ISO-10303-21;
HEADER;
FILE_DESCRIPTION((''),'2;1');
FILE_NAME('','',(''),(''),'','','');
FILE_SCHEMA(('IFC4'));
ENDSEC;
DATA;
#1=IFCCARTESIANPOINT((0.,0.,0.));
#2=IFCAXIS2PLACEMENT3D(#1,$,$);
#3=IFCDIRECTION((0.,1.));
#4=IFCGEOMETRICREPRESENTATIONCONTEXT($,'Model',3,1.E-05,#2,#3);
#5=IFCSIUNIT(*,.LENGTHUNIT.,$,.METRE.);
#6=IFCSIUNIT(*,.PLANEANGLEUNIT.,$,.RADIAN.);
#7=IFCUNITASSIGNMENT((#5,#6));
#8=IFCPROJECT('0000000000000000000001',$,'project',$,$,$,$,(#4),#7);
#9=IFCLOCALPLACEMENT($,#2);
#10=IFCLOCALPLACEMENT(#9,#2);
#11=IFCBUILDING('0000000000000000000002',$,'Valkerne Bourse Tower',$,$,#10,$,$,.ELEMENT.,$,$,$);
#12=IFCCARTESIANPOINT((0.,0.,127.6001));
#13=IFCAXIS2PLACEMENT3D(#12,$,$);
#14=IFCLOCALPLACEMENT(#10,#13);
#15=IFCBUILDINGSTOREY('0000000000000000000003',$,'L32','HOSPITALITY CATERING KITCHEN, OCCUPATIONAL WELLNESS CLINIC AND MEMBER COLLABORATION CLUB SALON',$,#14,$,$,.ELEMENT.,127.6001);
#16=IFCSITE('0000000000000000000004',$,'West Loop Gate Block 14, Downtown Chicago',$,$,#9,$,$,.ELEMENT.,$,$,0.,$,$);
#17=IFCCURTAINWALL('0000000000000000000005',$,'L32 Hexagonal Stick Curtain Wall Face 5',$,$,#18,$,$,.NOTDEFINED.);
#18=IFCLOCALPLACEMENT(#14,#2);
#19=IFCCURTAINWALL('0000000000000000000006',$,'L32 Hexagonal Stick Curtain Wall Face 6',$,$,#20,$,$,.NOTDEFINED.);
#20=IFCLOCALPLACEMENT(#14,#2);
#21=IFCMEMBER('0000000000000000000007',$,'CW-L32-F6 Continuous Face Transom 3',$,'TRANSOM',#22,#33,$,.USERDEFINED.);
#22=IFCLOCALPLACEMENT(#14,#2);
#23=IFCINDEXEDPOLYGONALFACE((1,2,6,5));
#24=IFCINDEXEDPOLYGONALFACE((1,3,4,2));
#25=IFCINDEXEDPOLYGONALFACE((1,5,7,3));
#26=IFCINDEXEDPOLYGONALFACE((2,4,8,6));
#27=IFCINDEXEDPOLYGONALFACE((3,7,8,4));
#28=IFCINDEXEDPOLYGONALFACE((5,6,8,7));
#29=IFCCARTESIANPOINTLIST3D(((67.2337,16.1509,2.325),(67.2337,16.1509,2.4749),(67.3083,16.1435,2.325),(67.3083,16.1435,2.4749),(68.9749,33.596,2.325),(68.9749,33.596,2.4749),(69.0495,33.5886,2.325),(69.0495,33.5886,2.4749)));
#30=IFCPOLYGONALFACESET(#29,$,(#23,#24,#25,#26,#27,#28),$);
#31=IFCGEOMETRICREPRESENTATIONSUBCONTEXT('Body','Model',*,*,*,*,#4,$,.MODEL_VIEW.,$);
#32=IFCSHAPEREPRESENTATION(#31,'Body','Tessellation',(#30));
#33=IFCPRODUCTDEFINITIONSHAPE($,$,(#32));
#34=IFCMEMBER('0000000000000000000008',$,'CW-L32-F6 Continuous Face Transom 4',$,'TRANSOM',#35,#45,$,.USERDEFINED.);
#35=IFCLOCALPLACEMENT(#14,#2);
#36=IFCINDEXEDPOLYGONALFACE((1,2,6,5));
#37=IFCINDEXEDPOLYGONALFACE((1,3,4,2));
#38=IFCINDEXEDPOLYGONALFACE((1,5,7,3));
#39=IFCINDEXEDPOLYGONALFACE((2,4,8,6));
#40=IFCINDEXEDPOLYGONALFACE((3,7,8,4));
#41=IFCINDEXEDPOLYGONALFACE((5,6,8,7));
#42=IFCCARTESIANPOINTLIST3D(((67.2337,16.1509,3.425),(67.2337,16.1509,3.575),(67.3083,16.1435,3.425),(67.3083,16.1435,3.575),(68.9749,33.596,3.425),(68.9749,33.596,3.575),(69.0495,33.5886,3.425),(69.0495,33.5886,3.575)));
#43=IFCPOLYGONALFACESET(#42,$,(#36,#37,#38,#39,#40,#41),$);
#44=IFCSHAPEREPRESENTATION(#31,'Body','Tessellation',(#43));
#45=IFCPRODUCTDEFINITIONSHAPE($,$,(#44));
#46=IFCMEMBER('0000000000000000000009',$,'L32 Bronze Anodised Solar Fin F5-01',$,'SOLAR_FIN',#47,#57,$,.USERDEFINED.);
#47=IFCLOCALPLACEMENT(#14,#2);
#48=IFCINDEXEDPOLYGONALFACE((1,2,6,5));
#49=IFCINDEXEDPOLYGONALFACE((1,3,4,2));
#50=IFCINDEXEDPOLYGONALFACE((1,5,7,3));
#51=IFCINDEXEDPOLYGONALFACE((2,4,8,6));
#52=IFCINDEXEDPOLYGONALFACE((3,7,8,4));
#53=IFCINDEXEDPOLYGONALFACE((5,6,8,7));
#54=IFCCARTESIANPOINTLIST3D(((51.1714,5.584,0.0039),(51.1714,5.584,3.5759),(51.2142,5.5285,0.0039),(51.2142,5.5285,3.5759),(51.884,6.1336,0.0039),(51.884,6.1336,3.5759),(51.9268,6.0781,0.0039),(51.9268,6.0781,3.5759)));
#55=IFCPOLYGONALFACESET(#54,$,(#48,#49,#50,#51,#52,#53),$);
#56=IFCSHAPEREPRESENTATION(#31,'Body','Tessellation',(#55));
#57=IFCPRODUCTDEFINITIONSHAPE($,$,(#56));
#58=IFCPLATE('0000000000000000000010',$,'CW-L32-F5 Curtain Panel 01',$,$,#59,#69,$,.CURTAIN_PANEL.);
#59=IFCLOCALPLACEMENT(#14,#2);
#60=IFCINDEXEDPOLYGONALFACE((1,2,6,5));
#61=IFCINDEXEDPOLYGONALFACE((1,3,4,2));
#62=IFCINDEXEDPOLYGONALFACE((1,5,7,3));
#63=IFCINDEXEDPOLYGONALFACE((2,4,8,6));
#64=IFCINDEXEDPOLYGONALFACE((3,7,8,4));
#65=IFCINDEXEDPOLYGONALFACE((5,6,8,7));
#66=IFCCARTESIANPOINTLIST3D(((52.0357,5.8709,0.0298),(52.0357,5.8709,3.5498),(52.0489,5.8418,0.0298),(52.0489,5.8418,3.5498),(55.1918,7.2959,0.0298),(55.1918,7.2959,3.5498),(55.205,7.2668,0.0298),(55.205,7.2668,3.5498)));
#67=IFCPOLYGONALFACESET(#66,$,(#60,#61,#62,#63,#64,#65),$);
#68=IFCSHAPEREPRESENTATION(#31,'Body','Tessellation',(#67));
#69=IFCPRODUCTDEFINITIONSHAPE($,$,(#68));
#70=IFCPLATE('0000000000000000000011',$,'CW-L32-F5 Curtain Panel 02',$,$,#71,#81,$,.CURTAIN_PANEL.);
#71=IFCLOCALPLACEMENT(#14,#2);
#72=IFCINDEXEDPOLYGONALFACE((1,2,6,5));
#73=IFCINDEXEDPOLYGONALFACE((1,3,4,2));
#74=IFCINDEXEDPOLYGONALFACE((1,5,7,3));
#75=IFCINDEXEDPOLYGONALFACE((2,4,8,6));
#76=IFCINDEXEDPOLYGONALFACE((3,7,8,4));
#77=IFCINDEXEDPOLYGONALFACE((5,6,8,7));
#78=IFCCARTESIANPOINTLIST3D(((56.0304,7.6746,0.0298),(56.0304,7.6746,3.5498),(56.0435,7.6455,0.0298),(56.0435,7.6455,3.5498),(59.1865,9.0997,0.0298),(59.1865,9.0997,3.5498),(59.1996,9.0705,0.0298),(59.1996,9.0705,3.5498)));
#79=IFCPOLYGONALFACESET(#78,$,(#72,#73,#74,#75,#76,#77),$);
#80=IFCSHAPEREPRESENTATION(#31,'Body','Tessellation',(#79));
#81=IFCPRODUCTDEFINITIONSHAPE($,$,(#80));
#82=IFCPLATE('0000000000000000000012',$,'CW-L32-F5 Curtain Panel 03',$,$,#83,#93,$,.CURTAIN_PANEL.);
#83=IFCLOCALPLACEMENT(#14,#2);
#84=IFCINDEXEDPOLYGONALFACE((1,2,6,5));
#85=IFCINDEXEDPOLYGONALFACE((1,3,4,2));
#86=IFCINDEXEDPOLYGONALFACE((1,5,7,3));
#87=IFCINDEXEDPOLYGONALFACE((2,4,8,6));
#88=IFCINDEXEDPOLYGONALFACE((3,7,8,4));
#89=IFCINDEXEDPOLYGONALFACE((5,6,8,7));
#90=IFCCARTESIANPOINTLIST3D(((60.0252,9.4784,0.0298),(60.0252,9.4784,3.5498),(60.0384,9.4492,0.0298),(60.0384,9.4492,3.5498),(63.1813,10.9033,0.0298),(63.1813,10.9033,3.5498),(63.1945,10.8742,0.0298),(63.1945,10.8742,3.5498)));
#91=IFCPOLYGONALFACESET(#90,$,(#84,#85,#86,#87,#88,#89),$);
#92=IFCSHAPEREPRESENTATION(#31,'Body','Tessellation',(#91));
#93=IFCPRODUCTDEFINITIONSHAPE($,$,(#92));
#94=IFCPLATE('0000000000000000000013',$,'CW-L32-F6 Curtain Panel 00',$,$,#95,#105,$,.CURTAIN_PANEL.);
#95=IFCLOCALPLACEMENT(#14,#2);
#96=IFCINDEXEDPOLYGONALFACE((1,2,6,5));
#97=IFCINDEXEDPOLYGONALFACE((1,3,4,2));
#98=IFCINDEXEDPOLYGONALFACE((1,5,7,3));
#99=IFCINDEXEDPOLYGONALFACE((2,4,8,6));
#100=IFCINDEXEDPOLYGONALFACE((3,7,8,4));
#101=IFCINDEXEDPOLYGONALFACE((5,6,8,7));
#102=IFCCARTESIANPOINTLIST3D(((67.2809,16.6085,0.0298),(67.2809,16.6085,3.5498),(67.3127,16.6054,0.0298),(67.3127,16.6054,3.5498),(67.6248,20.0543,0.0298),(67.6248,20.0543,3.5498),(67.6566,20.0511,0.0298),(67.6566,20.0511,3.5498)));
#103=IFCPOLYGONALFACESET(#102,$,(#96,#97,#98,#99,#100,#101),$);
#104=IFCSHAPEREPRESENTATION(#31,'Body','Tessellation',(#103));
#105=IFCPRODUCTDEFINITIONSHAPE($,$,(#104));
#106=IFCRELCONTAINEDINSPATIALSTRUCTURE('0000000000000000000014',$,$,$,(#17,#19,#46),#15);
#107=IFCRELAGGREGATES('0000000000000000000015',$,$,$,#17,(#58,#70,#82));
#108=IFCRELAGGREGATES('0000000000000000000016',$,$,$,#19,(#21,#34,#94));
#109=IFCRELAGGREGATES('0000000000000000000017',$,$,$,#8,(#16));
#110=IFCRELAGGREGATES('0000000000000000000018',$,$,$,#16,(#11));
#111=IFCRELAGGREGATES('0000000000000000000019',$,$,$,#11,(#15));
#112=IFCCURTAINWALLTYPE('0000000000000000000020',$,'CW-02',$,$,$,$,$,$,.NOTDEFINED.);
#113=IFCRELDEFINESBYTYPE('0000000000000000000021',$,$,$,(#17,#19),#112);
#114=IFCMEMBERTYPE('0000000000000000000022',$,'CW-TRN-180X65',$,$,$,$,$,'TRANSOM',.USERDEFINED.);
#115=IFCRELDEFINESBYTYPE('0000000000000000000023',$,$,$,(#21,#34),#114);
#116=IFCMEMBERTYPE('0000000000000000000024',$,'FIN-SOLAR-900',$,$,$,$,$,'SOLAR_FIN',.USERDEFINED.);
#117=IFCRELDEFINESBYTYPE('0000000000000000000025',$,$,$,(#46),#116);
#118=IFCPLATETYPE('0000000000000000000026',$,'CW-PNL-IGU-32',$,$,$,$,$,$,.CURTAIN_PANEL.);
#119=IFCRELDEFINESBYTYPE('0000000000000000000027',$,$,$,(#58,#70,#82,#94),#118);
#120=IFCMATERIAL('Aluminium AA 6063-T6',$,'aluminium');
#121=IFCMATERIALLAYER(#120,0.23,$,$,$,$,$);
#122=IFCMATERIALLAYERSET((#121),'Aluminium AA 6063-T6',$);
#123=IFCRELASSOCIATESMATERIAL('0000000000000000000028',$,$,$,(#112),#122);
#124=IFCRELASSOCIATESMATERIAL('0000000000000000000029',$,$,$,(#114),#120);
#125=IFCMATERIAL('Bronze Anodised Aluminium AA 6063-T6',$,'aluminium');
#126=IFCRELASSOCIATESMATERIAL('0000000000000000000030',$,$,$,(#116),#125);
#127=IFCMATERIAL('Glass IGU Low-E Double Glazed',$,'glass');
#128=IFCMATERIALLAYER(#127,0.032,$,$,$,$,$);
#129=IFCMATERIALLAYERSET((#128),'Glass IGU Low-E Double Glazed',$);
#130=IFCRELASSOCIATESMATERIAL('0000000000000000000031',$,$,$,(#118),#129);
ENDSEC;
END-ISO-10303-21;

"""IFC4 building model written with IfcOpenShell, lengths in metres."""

from ifc_helpers import new_model, si_unit, direction, frame, origin, origin_2d, place, context, subcontext, project, spatial, rectangle, extrude, material, layer, layer_set, material_profile, profile_set, type_object, element, aggregate, save


model = new_model("IFC4")

# Units and contexts
model_context = context("Model", 3, precision=1e-05, world=origin(), true_north=direction((0.0, 1.0)))
body_context = subcontext(model_context, "Body", "Model", "MODEL_VIEW")
ifc_project = project(units=[si_unit("LENGTHUNIT", "METRE"), si_unit("PLANEANGLEUNIT", "RADIAN")], contexts=[model_context])

# Site, building, storey
site_placement = place(None, origin())
site = spatial("IfcSite", under=ifc_project, at=site_placement, Name="West Loop Gate Block 14, Downtown Chicago", CompositionType="ELEMENT", RefElevation=0.0)
building_placement = place(site_placement, origin())
building = spatial("IfcBuilding", under=site, at=building_placement, Name="Valkerne Bourse Tower", CompositionType="ELEMENT")
storey_placement = place(building_placement, frame((0.0, 0.0, 127.6001)))
storey = spatial("IfcBuildingStorey", under=building, at=storey_placement, Name="L32", Description="HOSPITALITY CATERING KITCHEN, OCCUPATIONAL WELLNESS CLINIC AND MEMBER COLLABORATION CLUB SALON", CompositionType="ELEMENT", Elevation=127.6001)

# Curtain walls, members
ifc_material_1 = material(Name="Aluminium AA 6063-T6", Category="aluminium")
ifc_layer_1 = layer(ifc_material_1, 0.23)
ifc_layer_set_1 = layer_set([ifc_layer_1], Name="Aluminium AA 6063-T6")
curtain_wall_type = type_object("IfcCurtainWallType", Name="CW-02", PredefinedType="NOTDEFINED", material=ifc_layer_set_1)
curtain_wall_1_placement = place(storey_placement, origin())
curtain_wall_1 = element("IfcCurtainWall", 1, at=curtain_wall_1_placement, inside=storey, type_object=curtain_wall_type, Name="L32 Hexagonal Stick Curtain Wall Face 5", PredefinedType="NOTDEFINED")
curtain_wall_2_placement = place(storey_placement, origin())
curtain_wall_2 = element("IfcCurtainWall", 2, at=curtain_wall_2_placement, inside=storey, type_object=curtain_wall_type, Name="L32 Hexagonal Stick Curtain Wall Face 6", PredefinedType="NOTDEFINED")
ifc_material_profile_1 = material_profile(ifc_material_1, rectangle(XDim=0.075, YDim=0.1499, at=origin_2d()), Name="CWT-75X150")
ifc_profile_set_1 = profile_set([ifc_material_profile_1], Name="Aluminium AA 6063-T6")
member_type_1 = type_object("IfcMemberType", Name="CW-TRN-180X65", ElementType="TRANSOM", PredefinedType="USERDEFINED", material=ifc_profile_set_1)
member_1_placement = place(storey_placement, frame((67.271, 16.1472, 2.3999), z_axis=(0.099318, 0.995056, 0.0), x_axis=(-0.995056, 0.099318, 0.0)))
member_1 = element("IfcMember", 3, at=member_1_placement, type_object=member_type_1, Name="CW-L32-F6 Continuous Face Transom 3", ObjectType="TRANSOM", PredefinedType="USERDEFINED", context=body_context, shape_type="SweptSolid", body=[
    extrude(rectangle(XDim=0.075, YDim=0.1499, at=origin_2d()), origin(), (0.0, 0.0, 1.0), 17.5317),
])
member_2_placement = place(storey_placement, frame((67.271, 16.1472, 3.5), z_axis=(0.099318, 0.995056, 0.0), x_axis=(-0.995056, 0.099318, 0.0)))
member_2 = element("IfcMember", 4, at=member_2_placement, type_object=member_type_1, Name="CW-L32-F6 Continuous Face Transom 4", ObjectType="TRANSOM", PredefinedType="USERDEFINED", context=body_context, shape_type="SweptSolid", body=[
    extrude(rectangle(XDim=0.075, YDim=0.1499, at=origin_2d()), origin(), (0.0, 0.0, 1.0), 17.5317),
])

# Member
ifc_material_2 = material(Name="Bronze Anodised Aluminium AA 6063-T6", Category="aluminium")
ifc_material_profile_2 = material_profile(ifc_material_2, rectangle(XDim=0.0701, YDim=0.8999, at=origin_2d()), Name="FIN-70X900")
ifc_profile_set_2 = profile_set([ifc_material_profile_2], Name="Bronze Anodised Aluminium AA 6063-T6")
member_type_2 = type_object("IfcMemberType", Name="FIN-SOLAR-900", ElementType="SOLAR_FIN", PredefinedType="USERDEFINED", material=ifc_profile_set_2)
member_3_placement = place(storey_placement, frame((51.5491, 5.8311, 0.0039), z_axis=(0.0, 0.0, 1.0), x_axis=(0.610664, -0.791889, 0.0)))
element("IfcMember", 5, at=member_3_placement, inside=storey, type_object=member_type_2, Name="L32 Bronze Anodised Solar Fin F5-01", ObjectType="SOLAR_FIN", PredefinedType="USERDEFINED", context=body_context, shape_type="SweptSolid", body=[
    extrude(rectangle(XDim=0.0701, YDim=0.8999, at=origin_2d()), origin(), (0.0, 0.0, 1.0), 3.572),
])

# Plates
ifc_material_3 = material(Name="Glass IGU Low-E Double Glazed", Category="glass")
ifc_layer_2 = layer(ifc_material_3, 0.032)
ifc_layer_set_2 = layer_set([ifc_layer_2], Name="Glass IGU Low-E Double Glazed")
plate_type = type_object("IfcPlateType", Name="CW-PNL-IGU-32", PredefinedType="CURTAIN_PANEL", material=ifc_layer_set_2)
plate_1_placement = place(storey_placement, frame((53.6204, 6.5688, 0.0298), z_axis=(0.0, 0.0, 1.0), x_axis=(0.911401, 0.411519, 0.0)))
plate_1 = element("IfcPlate", 6, at=plate_1_placement, type_object=plate_type, Name="CW-L32-F5 Curtain Panel 01", PredefinedType="CURTAIN_PANEL", context=body_context, shape_type="SweptSolid", body=[
    extrude(rectangle(XDim=3.4629, YDim=0.032, at=origin_2d()), origin(), (0.0, 0.0, 1.0), 3.52),
])
plate_2_placement = place(storey_placement, frame((57.615, 8.3726, 0.0298), z_axis=(0.0, 0.0, 1.0), x_axis=(0.911401, 0.411519, 0.0)))
plate_2 = element("IfcPlate", 7, at=plate_2_placement, type_object=plate_type, Name="CW-L32-F5 Curtain Panel 02", PredefinedType="CURTAIN_PANEL", context=body_context, shape_type="SweptSolid", body=[
    extrude(rectangle(XDim=3.4629, YDim=0.032, at=origin_2d()), origin(), (0.0, 0.0, 1.0), 3.52),
])
plate_3_placement = place(storey_placement, frame((61.6099, 10.1763, 0.0298), z_axis=(0.0, 0.0, 1.0), x_axis=(0.91141, 0.4115, 0.0)))
plate_3 = element("IfcPlate", 8, at=plate_3_placement, type_object=plate_type, Name="CW-L32-F5 Curtain Panel 03", PredefinedType="CURTAIN_PANEL", context=body_context, shape_type="SweptSolid", body=[
    extrude(rectangle(XDim=3.4629, YDim=0.032, at=origin_2d()), origin(), (0.0, 0.0, 1.0), 3.52),
])
aggregate(curtain_wall_1, [plate_1, plate_2, plate_3])
plate_4_placement = place(storey_placement, frame((67.4688, 18.3298, 0.0298), z_axis=(0.0, 0.0, 1.0), x_axis=(0.099316, 0.995056, 0.0)))
plate_4 = element("IfcPlate", 9, at=plate_4_placement, type_object=plate_type, Name="CW-L32-F6 Curtain Panel 00", PredefinedType="CURTAIN_PANEL", context=body_context, shape_type="SweptSolid", body=[
    extrude(rectangle(XDim=3.4629, YDim=0.032, at=origin_2d()), origin(), (0.0, 0.0, 1.0), 3.52),
])
aggregate(curtain_wall_2, [member_1, member_2, plate_4])

save(model, "model.ifc")
